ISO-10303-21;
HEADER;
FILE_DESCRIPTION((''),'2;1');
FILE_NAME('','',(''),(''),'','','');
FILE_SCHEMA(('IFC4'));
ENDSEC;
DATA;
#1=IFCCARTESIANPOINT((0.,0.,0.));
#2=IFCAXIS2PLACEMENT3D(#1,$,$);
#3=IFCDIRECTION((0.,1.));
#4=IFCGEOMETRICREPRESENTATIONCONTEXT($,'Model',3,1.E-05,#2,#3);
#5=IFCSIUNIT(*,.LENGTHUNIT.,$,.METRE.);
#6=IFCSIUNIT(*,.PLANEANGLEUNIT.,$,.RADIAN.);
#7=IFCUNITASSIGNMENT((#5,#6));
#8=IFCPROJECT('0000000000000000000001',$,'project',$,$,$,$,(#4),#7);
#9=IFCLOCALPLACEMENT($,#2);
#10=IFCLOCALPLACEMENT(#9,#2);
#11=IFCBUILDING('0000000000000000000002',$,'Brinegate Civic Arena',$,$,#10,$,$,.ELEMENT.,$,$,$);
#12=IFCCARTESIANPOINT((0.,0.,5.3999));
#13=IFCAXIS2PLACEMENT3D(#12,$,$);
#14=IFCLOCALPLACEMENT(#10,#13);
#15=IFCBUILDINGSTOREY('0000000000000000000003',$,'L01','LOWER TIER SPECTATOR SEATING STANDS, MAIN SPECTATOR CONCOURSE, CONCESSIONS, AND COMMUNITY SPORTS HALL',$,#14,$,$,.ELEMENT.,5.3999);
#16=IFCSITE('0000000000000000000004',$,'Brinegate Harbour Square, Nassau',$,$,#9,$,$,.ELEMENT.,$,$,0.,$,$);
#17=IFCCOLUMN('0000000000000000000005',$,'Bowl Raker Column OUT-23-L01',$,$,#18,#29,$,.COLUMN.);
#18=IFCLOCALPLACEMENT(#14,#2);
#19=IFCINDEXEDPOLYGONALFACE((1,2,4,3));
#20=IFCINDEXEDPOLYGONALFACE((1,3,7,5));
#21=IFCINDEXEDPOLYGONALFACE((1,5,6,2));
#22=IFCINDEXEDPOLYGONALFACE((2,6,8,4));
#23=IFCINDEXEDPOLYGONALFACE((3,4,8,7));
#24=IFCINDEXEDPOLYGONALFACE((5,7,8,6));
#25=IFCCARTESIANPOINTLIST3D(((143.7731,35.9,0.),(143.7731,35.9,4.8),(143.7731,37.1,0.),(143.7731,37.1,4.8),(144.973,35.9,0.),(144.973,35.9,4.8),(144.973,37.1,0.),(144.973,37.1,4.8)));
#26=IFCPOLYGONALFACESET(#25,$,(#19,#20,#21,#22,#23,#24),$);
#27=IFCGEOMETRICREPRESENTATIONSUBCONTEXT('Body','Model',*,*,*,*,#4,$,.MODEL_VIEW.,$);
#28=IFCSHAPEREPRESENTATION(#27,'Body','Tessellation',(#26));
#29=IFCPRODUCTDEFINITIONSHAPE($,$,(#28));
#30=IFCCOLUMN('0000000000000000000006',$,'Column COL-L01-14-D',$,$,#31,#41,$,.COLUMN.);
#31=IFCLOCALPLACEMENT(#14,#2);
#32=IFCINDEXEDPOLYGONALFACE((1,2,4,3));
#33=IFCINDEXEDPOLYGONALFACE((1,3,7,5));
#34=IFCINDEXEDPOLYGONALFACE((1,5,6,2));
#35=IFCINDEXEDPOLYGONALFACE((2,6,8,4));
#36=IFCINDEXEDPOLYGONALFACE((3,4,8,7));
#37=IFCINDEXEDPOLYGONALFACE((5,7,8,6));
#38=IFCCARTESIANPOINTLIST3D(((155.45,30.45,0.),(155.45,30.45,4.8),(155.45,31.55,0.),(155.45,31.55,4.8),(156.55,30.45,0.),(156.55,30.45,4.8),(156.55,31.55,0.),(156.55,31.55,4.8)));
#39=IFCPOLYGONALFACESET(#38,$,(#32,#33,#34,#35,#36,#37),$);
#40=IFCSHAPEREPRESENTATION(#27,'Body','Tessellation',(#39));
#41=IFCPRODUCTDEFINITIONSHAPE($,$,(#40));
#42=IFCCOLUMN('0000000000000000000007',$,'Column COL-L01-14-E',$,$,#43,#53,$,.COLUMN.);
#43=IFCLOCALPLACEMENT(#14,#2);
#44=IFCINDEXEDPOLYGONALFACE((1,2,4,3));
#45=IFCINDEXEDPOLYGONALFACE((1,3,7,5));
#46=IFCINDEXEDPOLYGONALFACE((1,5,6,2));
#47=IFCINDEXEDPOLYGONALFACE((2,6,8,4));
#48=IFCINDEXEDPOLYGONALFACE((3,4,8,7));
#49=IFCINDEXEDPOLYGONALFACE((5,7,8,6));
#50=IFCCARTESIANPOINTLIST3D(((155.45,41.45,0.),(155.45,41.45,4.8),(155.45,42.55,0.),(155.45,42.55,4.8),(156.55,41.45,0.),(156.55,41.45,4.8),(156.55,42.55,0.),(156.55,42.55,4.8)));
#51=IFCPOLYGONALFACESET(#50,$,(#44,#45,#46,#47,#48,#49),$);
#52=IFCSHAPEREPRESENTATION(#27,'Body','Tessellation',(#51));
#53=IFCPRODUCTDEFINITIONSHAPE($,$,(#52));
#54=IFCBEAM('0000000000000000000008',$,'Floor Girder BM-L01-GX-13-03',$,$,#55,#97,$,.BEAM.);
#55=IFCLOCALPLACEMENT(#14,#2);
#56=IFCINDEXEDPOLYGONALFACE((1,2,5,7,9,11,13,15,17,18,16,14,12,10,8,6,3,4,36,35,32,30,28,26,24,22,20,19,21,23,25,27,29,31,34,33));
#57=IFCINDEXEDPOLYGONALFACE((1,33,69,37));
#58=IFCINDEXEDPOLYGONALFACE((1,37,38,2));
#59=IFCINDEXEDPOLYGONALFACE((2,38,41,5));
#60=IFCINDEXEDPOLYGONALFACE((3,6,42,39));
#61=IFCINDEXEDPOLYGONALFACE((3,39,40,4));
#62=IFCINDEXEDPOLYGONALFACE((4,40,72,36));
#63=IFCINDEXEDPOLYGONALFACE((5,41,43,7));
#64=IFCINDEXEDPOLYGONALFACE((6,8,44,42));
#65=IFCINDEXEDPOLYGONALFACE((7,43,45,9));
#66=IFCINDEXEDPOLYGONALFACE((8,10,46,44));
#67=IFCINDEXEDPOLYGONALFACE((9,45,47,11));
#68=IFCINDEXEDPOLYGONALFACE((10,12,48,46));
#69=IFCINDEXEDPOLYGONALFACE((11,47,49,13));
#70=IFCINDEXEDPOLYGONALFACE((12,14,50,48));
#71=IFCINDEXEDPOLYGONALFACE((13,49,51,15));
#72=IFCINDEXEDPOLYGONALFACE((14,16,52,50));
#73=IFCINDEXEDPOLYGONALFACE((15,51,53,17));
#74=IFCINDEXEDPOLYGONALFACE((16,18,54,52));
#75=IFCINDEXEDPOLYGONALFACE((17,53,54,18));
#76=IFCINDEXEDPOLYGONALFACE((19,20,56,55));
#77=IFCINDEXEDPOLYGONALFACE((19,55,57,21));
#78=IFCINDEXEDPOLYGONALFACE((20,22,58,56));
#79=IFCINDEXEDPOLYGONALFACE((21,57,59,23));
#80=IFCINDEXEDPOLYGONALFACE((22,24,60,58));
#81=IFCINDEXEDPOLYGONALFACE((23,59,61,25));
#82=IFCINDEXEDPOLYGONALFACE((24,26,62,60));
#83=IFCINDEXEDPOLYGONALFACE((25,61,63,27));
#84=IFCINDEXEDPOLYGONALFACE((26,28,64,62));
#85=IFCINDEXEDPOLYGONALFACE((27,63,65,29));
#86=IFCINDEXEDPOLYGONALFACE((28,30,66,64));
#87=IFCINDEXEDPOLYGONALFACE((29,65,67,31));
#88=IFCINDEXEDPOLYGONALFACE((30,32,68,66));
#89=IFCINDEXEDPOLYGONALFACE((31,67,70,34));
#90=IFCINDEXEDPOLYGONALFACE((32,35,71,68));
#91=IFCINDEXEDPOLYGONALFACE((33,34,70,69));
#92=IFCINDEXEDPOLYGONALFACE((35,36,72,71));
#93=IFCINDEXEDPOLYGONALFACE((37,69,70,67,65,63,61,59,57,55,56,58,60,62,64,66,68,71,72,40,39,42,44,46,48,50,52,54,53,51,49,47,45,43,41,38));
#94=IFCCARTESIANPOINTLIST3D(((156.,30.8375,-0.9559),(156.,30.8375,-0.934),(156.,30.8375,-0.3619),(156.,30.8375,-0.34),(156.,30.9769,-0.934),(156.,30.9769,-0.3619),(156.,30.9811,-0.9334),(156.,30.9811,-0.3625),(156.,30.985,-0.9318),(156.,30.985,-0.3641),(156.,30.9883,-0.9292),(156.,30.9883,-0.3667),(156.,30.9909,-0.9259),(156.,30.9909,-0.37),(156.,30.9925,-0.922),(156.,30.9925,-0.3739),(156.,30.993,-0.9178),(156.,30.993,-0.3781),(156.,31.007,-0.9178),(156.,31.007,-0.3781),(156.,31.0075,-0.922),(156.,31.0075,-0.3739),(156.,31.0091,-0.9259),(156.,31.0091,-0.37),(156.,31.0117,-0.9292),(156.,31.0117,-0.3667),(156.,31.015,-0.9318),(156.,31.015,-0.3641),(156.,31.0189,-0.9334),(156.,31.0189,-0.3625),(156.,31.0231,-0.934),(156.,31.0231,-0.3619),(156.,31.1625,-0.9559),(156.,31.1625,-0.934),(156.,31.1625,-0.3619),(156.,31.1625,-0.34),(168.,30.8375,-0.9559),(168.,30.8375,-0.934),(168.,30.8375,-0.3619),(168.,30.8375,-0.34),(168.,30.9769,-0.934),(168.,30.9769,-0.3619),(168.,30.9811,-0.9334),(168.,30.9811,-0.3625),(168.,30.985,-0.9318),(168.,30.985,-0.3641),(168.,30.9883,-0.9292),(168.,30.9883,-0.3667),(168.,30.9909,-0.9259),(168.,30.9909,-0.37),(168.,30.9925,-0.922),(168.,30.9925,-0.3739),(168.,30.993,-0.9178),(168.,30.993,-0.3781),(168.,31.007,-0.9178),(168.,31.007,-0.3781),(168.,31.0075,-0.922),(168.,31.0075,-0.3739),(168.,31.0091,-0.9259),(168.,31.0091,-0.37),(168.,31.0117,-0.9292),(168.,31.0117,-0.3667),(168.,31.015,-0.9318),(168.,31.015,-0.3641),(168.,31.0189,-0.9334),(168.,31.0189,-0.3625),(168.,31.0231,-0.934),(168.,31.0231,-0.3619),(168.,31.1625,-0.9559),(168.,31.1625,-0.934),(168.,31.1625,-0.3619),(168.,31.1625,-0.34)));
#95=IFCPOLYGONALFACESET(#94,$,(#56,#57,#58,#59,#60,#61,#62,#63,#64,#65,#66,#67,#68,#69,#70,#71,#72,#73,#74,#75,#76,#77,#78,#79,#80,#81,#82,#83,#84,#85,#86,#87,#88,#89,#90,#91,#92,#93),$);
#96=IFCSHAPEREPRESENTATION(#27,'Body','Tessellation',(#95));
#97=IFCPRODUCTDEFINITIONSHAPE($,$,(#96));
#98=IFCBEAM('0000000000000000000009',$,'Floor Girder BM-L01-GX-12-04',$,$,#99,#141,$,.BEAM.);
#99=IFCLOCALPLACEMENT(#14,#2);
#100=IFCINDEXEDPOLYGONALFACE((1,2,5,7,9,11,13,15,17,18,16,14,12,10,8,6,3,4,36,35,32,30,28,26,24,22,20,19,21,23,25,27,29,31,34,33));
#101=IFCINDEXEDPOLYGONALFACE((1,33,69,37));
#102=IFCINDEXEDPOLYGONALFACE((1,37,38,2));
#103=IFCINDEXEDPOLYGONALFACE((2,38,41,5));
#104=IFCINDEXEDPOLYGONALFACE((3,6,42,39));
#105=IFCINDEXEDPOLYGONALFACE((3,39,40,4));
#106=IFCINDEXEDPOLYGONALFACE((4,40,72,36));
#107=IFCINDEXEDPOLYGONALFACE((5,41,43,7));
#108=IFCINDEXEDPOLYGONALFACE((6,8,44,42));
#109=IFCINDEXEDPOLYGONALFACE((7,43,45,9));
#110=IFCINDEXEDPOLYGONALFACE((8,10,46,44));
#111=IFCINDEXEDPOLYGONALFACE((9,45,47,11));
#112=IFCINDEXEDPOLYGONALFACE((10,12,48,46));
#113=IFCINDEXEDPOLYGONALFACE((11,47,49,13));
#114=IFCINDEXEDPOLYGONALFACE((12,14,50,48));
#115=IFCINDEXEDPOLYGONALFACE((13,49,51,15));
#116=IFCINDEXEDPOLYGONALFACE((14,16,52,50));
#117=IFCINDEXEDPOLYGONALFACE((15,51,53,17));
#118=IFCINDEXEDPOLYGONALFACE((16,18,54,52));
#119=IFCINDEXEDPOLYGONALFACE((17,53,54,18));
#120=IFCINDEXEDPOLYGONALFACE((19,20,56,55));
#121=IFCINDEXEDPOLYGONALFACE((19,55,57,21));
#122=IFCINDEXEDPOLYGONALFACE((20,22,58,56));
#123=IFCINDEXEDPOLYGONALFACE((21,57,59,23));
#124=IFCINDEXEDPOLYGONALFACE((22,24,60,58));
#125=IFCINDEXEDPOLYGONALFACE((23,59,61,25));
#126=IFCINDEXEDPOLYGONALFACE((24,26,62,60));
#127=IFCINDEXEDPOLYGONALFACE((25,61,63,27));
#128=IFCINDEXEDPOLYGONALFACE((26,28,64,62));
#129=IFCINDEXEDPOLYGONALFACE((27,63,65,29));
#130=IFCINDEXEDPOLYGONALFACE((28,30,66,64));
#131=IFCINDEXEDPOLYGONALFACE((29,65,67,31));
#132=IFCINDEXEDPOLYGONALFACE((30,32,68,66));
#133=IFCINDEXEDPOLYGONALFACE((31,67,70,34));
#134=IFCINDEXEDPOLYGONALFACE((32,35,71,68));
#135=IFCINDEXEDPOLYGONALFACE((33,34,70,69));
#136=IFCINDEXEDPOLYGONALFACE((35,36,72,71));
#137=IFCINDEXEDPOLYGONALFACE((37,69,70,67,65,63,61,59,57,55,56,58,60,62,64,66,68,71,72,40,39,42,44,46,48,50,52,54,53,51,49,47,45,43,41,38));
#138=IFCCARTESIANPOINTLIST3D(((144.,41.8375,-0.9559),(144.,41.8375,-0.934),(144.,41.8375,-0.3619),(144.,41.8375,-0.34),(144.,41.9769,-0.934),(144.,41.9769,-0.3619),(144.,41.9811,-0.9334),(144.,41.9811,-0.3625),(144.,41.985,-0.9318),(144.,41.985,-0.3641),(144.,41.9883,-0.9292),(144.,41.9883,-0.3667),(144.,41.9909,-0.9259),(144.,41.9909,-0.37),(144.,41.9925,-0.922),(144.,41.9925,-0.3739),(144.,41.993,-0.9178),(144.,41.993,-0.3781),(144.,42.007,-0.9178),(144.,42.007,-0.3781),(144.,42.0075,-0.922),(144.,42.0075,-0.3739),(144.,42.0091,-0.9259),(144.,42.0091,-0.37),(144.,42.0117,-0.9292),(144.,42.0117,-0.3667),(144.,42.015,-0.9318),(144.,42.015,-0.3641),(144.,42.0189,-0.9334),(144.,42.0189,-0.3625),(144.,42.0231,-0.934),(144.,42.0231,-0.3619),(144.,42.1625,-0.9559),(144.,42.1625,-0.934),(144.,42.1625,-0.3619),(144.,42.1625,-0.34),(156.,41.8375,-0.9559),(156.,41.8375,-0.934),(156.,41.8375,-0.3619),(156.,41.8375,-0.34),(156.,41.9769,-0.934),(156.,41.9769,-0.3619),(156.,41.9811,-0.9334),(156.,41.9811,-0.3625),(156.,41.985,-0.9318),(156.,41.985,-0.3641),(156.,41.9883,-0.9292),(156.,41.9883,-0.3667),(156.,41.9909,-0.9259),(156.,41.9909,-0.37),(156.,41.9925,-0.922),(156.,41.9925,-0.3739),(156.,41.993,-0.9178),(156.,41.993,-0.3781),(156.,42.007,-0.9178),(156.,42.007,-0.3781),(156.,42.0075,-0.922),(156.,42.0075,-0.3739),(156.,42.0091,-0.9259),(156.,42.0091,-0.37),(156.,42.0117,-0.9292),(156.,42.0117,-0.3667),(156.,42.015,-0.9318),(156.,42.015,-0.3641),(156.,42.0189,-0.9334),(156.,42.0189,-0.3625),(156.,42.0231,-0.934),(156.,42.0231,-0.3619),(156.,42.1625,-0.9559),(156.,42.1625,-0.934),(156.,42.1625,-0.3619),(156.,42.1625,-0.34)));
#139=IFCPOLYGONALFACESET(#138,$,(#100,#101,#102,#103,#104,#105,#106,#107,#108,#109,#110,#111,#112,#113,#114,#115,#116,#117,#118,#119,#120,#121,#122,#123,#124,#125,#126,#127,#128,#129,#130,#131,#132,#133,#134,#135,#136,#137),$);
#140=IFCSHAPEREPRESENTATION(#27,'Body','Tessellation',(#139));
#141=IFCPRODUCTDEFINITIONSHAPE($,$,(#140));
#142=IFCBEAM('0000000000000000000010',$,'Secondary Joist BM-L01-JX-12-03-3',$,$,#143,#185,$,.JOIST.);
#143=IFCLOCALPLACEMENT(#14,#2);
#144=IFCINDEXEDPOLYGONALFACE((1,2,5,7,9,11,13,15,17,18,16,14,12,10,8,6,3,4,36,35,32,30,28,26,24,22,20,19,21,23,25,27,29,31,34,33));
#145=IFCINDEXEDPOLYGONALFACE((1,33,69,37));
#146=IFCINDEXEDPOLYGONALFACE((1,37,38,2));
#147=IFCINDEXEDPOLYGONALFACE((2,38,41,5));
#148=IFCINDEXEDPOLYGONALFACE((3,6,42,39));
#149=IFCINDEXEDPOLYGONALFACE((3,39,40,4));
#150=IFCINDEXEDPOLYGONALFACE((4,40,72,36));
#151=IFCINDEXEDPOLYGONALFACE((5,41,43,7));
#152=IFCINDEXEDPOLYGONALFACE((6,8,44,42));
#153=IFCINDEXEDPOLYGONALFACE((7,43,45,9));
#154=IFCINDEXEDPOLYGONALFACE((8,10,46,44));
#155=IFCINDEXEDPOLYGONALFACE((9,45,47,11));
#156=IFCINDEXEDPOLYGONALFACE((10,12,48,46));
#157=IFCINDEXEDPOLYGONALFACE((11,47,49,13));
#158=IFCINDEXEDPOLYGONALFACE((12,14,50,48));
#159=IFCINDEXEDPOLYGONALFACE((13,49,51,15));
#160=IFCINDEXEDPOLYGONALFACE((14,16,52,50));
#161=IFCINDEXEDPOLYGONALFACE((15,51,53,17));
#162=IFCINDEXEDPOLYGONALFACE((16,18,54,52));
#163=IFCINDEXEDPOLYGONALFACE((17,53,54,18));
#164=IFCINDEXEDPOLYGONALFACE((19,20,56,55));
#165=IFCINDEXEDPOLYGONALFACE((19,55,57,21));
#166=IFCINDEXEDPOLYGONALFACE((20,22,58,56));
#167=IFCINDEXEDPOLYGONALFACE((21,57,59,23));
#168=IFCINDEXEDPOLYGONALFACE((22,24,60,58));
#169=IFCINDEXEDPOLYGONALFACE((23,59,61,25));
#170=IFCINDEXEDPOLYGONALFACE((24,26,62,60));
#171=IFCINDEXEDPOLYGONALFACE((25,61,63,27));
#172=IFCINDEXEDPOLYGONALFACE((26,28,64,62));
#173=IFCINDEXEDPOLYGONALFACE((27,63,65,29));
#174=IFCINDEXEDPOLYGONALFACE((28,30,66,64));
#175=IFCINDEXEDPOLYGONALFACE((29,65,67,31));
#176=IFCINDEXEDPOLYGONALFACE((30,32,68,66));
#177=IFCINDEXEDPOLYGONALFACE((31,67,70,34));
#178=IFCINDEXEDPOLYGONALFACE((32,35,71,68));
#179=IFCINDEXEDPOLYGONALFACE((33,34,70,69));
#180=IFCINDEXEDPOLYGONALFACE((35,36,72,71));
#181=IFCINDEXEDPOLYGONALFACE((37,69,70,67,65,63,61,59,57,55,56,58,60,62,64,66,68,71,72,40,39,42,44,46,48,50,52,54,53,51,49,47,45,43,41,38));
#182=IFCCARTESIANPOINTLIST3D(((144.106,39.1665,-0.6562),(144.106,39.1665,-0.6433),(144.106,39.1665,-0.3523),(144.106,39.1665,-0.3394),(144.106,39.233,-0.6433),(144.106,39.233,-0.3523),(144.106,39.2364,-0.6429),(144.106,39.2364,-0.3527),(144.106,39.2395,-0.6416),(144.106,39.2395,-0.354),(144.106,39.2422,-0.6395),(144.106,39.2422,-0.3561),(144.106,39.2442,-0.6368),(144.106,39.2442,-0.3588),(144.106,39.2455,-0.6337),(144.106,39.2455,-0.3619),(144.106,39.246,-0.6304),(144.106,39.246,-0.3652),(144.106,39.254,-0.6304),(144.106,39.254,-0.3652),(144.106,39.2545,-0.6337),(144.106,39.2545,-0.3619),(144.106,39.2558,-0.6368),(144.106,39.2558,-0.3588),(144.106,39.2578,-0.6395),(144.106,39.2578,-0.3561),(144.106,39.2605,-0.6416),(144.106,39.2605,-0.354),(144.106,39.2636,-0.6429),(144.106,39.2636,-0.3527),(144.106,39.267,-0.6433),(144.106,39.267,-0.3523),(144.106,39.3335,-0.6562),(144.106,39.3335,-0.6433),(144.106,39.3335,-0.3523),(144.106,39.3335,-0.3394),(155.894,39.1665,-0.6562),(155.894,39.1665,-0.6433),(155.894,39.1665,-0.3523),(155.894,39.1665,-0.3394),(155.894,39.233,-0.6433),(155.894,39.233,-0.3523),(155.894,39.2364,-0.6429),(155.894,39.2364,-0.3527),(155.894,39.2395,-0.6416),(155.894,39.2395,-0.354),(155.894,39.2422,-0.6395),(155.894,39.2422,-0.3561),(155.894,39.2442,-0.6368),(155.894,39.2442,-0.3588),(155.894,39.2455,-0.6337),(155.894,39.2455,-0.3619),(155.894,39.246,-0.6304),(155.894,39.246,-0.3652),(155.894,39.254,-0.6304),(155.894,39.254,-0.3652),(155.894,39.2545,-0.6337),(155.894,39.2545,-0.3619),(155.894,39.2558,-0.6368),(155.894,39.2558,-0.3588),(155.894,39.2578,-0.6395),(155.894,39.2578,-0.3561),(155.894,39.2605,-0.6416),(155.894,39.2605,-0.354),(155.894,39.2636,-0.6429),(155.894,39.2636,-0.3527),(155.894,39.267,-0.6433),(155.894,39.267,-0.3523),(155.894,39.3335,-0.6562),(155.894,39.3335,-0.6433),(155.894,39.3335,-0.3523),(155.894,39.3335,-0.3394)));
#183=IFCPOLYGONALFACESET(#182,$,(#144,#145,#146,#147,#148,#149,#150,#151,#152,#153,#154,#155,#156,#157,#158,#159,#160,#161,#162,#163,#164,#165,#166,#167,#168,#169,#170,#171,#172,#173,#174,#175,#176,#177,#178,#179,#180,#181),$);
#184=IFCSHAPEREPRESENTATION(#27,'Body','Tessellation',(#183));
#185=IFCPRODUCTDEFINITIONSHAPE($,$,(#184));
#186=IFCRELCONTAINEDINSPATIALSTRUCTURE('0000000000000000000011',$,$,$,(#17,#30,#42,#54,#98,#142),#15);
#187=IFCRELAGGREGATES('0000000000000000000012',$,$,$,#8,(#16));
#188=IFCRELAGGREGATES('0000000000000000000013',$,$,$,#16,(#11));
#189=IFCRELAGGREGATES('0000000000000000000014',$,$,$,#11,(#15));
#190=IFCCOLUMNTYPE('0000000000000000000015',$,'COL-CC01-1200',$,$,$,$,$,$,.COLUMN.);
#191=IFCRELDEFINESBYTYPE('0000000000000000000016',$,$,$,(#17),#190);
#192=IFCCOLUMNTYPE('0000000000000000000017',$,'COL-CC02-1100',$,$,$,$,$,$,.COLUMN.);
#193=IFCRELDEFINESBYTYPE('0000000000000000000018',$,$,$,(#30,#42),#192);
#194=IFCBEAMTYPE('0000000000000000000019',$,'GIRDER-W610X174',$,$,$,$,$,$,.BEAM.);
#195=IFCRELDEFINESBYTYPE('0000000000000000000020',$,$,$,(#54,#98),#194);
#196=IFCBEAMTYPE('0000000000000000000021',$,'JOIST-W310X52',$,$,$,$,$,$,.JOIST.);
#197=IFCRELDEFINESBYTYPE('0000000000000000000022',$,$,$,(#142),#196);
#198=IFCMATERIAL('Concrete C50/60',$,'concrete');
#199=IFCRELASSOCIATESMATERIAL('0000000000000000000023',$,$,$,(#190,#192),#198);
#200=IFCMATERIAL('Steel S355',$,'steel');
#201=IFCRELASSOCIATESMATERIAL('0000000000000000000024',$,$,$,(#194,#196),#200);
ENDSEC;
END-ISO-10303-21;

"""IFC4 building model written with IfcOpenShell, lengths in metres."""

from ifc_helpers import new_model, si_unit, direction, frame, origin, origin_2d, place, context, subcontext, project, spatial, rectangle, i_section, extrude, material, material_profile, profile_set, type_object, element, save


model = new_model("IFC4")

# Units and contexts
model_context = context("Model", 3, precision=1e-05, world=origin(), true_north=direction((0.0, 1.0)))
body_context = subcontext(model_context, "Body", "Model", "MODEL_VIEW")
ifc_project = project(units=[si_unit("LENGTHUNIT", "METRE"), si_unit("PLANEANGLEUNIT", "RADIAN")], contexts=[model_context])

# Site, building, storey
site_placement = place(None, origin())
site = spatial("IfcSite", under=ifc_project, at=site_placement, Name="Brinegate Harbour Square, Nassau", CompositionType="ELEMENT", RefElevation=0.0)
building_placement = place(site_placement, origin())
building = spatial("IfcBuilding", under=site, at=building_placement, Name="Brinegate Civic Arena", CompositionType="ELEMENT")
storey_placement = place(building_placement, frame((0.0, 0.0, 5.3999)))
storey = spatial("IfcBuildingStorey", under=building, at=storey_placement, Name="L01", Description="LOWER TIER SPECTATOR SEATING STANDS, MAIN SPECTATOR CONCOURSE, CONCESSIONS, AND COMMUNITY SPORTS HALL", CompositionType="ELEMENT", Elevation=5.3999)

# Columns
ifc_material_1 = material(Name="Concrete C50/60", Category="concrete")
ifc_material_profile_1 = material_profile(ifc_material_1, rectangle(XDim=1.2, YDim=1.2, at=origin_2d()), Name="RC1200X1200")
ifc_profile_set_1 = profile_set([ifc_material_profile_1], Name="Concrete C50/60")
column_type_1 = type_object("IfcColumnType", Name="COL-CC01-1200", PredefinedType="COLUMN", material=ifc_profile_set_1)
column_placement = place(storey_placement, frame((144.373, 36.5, 0.0), z_axis=(0.0, 0.0, 1.0), x_axis=(1.0, 0.0, 0.0)))
element("IfcColumn", 1, at=column_placement, inside=storey, type_object=column_type_1, Name="Bowl Raker Column OUT-23-L01", PredefinedType="COLUMN", context=body_context, shape_type="SweptSolid", body=[
    extrude(rectangle(XDim=1.2, YDim=1.2, at=origin_2d()), origin(), (0.0, 0.0, 1.0), 4.8),
])
ifc_material_profile_2 = material_profile(ifc_material_1, rectangle(XDim=1.1001, YDim=1.1001, at=origin_2d()), Name="RC1100X1100")
ifc_profile_set_2 = profile_set([ifc_material_profile_2], Name="Concrete C50/60")
column_type_2 = type_object("IfcColumnType", Name="COL-CC02-1100", PredefinedType="COLUMN", material=ifc_profile_set_2)
for number, where, z_axis, x_axis, name in (
    (2, (156.0, 31.0, 0.0), (0.0, 0.0, 1.0), (1.0, 0.0, 0.0), "Column COL-L01-14-D"),
    (3, (156.0, 42.0, 0.0), (0.0, 0.0, 1.0), (1.0, 0.0, 0.0), "Column COL-L01-14-E"),
):
    element("IfcColumn", number, at=place(storey_placement, frame(where, z_axis=z_axis, x_axis=x_axis)), inside=storey, type_object=column_type_2, Name=name, PredefinedType="COLUMN", context=body_context, shape_type="SweptSolid", body=[
        extrude(rectangle(XDim=1.1001, YDim=1.1001, at=origin_2d()), origin(), (0.0, 0.0, 1.0), 4.8),
    ])

# Beams
ifc_material_2 = material(Name="Steel S355", Category="steel")
ifc_material_profile_3 = material_profile(ifc_material_2, i_section(OverallWidth=0.325, OverallDepth=0.616, WebThickness=0.0139, FlangeThickness=0.022, FilletRadius=0.0161, at=origin_2d()), Name="W610X174")
ifc_profile_set_3 = profile_set([ifc_material_profile_3], Name="Steel S355")
beam_type_1 = type_object("IfcBeamType", Name="GIRDER-W610X174", PredefinedType="BEAM", material=ifc_profile_set_3)
for number, where, z_axis, x_axis, name in (
    (4, (156.0, 31.0, -0.6479), (1.0, 0.0, 0.0), (0.0, 1.0, 0.0), "Floor Girder BM-L01-GX-13-03"),
    (5, (144.0, 42.0, -0.6479), (1.0, 0.0, 0.0), (0.0, 1.0, 0.0), "Floor Girder BM-L01-GX-12-04"),
):
    element("IfcBeam", number, at=place(storey_placement, frame(where, z_axis=z_axis, x_axis=x_axis)), inside=storey, type_object=beam_type_1, Name=name, PredefinedType="BEAM", context=body_context, shape_type="SweptSolid", body=[
        extrude(i_section(OverallWidth=0.325, OverallDepth=0.616, WebThickness=0.0139, FlangeThickness=0.022, FilletRadius=0.0161, at=origin_2d()), origin(), (0.0, 0.0, 1.0), 12.0),
    ])
ifc_material_profile_4 = material_profile(ifc_material_2, i_section(OverallWidth=0.167, OverallDepth=0.3169, WebThickness=0.0081, FlangeThickness=0.0129, FilletRadius=0.0129, at=origin_2d()), Name="W310X52")
ifc_profile_set_4 = profile_set([ifc_material_profile_4], Name="Steel S355")
beam_type_2 = type_object("IfcBeamType", Name="JOIST-W310X52", PredefinedType="JOIST", material=ifc_profile_set_4)
beam_1_placement = place(storey_placement, frame((144.106, 39.25, -0.4978), z_axis=(1.0, 0.0, 0.0), x_axis=(0.0, 1.0, 0.0)))
element("IfcBeam", 6, at=beam_1_placement, inside=storey, type_object=beam_type_2, Name="Secondary Joist BM-L01-JX-12-03-3", PredefinedType="JOIST", context=body_context, shape_type="SweptSolid", body=[
    extrude(i_section(OverallWidth=0.167, OverallDepth=0.3169, WebThickness=0.0081, FlangeThickness=0.0129, FilletRadius=0.0129, at=origin_2d()), origin(), (0.0, 0.0, 1.0), 11.7881),
])

save(model, "model.ifc")
